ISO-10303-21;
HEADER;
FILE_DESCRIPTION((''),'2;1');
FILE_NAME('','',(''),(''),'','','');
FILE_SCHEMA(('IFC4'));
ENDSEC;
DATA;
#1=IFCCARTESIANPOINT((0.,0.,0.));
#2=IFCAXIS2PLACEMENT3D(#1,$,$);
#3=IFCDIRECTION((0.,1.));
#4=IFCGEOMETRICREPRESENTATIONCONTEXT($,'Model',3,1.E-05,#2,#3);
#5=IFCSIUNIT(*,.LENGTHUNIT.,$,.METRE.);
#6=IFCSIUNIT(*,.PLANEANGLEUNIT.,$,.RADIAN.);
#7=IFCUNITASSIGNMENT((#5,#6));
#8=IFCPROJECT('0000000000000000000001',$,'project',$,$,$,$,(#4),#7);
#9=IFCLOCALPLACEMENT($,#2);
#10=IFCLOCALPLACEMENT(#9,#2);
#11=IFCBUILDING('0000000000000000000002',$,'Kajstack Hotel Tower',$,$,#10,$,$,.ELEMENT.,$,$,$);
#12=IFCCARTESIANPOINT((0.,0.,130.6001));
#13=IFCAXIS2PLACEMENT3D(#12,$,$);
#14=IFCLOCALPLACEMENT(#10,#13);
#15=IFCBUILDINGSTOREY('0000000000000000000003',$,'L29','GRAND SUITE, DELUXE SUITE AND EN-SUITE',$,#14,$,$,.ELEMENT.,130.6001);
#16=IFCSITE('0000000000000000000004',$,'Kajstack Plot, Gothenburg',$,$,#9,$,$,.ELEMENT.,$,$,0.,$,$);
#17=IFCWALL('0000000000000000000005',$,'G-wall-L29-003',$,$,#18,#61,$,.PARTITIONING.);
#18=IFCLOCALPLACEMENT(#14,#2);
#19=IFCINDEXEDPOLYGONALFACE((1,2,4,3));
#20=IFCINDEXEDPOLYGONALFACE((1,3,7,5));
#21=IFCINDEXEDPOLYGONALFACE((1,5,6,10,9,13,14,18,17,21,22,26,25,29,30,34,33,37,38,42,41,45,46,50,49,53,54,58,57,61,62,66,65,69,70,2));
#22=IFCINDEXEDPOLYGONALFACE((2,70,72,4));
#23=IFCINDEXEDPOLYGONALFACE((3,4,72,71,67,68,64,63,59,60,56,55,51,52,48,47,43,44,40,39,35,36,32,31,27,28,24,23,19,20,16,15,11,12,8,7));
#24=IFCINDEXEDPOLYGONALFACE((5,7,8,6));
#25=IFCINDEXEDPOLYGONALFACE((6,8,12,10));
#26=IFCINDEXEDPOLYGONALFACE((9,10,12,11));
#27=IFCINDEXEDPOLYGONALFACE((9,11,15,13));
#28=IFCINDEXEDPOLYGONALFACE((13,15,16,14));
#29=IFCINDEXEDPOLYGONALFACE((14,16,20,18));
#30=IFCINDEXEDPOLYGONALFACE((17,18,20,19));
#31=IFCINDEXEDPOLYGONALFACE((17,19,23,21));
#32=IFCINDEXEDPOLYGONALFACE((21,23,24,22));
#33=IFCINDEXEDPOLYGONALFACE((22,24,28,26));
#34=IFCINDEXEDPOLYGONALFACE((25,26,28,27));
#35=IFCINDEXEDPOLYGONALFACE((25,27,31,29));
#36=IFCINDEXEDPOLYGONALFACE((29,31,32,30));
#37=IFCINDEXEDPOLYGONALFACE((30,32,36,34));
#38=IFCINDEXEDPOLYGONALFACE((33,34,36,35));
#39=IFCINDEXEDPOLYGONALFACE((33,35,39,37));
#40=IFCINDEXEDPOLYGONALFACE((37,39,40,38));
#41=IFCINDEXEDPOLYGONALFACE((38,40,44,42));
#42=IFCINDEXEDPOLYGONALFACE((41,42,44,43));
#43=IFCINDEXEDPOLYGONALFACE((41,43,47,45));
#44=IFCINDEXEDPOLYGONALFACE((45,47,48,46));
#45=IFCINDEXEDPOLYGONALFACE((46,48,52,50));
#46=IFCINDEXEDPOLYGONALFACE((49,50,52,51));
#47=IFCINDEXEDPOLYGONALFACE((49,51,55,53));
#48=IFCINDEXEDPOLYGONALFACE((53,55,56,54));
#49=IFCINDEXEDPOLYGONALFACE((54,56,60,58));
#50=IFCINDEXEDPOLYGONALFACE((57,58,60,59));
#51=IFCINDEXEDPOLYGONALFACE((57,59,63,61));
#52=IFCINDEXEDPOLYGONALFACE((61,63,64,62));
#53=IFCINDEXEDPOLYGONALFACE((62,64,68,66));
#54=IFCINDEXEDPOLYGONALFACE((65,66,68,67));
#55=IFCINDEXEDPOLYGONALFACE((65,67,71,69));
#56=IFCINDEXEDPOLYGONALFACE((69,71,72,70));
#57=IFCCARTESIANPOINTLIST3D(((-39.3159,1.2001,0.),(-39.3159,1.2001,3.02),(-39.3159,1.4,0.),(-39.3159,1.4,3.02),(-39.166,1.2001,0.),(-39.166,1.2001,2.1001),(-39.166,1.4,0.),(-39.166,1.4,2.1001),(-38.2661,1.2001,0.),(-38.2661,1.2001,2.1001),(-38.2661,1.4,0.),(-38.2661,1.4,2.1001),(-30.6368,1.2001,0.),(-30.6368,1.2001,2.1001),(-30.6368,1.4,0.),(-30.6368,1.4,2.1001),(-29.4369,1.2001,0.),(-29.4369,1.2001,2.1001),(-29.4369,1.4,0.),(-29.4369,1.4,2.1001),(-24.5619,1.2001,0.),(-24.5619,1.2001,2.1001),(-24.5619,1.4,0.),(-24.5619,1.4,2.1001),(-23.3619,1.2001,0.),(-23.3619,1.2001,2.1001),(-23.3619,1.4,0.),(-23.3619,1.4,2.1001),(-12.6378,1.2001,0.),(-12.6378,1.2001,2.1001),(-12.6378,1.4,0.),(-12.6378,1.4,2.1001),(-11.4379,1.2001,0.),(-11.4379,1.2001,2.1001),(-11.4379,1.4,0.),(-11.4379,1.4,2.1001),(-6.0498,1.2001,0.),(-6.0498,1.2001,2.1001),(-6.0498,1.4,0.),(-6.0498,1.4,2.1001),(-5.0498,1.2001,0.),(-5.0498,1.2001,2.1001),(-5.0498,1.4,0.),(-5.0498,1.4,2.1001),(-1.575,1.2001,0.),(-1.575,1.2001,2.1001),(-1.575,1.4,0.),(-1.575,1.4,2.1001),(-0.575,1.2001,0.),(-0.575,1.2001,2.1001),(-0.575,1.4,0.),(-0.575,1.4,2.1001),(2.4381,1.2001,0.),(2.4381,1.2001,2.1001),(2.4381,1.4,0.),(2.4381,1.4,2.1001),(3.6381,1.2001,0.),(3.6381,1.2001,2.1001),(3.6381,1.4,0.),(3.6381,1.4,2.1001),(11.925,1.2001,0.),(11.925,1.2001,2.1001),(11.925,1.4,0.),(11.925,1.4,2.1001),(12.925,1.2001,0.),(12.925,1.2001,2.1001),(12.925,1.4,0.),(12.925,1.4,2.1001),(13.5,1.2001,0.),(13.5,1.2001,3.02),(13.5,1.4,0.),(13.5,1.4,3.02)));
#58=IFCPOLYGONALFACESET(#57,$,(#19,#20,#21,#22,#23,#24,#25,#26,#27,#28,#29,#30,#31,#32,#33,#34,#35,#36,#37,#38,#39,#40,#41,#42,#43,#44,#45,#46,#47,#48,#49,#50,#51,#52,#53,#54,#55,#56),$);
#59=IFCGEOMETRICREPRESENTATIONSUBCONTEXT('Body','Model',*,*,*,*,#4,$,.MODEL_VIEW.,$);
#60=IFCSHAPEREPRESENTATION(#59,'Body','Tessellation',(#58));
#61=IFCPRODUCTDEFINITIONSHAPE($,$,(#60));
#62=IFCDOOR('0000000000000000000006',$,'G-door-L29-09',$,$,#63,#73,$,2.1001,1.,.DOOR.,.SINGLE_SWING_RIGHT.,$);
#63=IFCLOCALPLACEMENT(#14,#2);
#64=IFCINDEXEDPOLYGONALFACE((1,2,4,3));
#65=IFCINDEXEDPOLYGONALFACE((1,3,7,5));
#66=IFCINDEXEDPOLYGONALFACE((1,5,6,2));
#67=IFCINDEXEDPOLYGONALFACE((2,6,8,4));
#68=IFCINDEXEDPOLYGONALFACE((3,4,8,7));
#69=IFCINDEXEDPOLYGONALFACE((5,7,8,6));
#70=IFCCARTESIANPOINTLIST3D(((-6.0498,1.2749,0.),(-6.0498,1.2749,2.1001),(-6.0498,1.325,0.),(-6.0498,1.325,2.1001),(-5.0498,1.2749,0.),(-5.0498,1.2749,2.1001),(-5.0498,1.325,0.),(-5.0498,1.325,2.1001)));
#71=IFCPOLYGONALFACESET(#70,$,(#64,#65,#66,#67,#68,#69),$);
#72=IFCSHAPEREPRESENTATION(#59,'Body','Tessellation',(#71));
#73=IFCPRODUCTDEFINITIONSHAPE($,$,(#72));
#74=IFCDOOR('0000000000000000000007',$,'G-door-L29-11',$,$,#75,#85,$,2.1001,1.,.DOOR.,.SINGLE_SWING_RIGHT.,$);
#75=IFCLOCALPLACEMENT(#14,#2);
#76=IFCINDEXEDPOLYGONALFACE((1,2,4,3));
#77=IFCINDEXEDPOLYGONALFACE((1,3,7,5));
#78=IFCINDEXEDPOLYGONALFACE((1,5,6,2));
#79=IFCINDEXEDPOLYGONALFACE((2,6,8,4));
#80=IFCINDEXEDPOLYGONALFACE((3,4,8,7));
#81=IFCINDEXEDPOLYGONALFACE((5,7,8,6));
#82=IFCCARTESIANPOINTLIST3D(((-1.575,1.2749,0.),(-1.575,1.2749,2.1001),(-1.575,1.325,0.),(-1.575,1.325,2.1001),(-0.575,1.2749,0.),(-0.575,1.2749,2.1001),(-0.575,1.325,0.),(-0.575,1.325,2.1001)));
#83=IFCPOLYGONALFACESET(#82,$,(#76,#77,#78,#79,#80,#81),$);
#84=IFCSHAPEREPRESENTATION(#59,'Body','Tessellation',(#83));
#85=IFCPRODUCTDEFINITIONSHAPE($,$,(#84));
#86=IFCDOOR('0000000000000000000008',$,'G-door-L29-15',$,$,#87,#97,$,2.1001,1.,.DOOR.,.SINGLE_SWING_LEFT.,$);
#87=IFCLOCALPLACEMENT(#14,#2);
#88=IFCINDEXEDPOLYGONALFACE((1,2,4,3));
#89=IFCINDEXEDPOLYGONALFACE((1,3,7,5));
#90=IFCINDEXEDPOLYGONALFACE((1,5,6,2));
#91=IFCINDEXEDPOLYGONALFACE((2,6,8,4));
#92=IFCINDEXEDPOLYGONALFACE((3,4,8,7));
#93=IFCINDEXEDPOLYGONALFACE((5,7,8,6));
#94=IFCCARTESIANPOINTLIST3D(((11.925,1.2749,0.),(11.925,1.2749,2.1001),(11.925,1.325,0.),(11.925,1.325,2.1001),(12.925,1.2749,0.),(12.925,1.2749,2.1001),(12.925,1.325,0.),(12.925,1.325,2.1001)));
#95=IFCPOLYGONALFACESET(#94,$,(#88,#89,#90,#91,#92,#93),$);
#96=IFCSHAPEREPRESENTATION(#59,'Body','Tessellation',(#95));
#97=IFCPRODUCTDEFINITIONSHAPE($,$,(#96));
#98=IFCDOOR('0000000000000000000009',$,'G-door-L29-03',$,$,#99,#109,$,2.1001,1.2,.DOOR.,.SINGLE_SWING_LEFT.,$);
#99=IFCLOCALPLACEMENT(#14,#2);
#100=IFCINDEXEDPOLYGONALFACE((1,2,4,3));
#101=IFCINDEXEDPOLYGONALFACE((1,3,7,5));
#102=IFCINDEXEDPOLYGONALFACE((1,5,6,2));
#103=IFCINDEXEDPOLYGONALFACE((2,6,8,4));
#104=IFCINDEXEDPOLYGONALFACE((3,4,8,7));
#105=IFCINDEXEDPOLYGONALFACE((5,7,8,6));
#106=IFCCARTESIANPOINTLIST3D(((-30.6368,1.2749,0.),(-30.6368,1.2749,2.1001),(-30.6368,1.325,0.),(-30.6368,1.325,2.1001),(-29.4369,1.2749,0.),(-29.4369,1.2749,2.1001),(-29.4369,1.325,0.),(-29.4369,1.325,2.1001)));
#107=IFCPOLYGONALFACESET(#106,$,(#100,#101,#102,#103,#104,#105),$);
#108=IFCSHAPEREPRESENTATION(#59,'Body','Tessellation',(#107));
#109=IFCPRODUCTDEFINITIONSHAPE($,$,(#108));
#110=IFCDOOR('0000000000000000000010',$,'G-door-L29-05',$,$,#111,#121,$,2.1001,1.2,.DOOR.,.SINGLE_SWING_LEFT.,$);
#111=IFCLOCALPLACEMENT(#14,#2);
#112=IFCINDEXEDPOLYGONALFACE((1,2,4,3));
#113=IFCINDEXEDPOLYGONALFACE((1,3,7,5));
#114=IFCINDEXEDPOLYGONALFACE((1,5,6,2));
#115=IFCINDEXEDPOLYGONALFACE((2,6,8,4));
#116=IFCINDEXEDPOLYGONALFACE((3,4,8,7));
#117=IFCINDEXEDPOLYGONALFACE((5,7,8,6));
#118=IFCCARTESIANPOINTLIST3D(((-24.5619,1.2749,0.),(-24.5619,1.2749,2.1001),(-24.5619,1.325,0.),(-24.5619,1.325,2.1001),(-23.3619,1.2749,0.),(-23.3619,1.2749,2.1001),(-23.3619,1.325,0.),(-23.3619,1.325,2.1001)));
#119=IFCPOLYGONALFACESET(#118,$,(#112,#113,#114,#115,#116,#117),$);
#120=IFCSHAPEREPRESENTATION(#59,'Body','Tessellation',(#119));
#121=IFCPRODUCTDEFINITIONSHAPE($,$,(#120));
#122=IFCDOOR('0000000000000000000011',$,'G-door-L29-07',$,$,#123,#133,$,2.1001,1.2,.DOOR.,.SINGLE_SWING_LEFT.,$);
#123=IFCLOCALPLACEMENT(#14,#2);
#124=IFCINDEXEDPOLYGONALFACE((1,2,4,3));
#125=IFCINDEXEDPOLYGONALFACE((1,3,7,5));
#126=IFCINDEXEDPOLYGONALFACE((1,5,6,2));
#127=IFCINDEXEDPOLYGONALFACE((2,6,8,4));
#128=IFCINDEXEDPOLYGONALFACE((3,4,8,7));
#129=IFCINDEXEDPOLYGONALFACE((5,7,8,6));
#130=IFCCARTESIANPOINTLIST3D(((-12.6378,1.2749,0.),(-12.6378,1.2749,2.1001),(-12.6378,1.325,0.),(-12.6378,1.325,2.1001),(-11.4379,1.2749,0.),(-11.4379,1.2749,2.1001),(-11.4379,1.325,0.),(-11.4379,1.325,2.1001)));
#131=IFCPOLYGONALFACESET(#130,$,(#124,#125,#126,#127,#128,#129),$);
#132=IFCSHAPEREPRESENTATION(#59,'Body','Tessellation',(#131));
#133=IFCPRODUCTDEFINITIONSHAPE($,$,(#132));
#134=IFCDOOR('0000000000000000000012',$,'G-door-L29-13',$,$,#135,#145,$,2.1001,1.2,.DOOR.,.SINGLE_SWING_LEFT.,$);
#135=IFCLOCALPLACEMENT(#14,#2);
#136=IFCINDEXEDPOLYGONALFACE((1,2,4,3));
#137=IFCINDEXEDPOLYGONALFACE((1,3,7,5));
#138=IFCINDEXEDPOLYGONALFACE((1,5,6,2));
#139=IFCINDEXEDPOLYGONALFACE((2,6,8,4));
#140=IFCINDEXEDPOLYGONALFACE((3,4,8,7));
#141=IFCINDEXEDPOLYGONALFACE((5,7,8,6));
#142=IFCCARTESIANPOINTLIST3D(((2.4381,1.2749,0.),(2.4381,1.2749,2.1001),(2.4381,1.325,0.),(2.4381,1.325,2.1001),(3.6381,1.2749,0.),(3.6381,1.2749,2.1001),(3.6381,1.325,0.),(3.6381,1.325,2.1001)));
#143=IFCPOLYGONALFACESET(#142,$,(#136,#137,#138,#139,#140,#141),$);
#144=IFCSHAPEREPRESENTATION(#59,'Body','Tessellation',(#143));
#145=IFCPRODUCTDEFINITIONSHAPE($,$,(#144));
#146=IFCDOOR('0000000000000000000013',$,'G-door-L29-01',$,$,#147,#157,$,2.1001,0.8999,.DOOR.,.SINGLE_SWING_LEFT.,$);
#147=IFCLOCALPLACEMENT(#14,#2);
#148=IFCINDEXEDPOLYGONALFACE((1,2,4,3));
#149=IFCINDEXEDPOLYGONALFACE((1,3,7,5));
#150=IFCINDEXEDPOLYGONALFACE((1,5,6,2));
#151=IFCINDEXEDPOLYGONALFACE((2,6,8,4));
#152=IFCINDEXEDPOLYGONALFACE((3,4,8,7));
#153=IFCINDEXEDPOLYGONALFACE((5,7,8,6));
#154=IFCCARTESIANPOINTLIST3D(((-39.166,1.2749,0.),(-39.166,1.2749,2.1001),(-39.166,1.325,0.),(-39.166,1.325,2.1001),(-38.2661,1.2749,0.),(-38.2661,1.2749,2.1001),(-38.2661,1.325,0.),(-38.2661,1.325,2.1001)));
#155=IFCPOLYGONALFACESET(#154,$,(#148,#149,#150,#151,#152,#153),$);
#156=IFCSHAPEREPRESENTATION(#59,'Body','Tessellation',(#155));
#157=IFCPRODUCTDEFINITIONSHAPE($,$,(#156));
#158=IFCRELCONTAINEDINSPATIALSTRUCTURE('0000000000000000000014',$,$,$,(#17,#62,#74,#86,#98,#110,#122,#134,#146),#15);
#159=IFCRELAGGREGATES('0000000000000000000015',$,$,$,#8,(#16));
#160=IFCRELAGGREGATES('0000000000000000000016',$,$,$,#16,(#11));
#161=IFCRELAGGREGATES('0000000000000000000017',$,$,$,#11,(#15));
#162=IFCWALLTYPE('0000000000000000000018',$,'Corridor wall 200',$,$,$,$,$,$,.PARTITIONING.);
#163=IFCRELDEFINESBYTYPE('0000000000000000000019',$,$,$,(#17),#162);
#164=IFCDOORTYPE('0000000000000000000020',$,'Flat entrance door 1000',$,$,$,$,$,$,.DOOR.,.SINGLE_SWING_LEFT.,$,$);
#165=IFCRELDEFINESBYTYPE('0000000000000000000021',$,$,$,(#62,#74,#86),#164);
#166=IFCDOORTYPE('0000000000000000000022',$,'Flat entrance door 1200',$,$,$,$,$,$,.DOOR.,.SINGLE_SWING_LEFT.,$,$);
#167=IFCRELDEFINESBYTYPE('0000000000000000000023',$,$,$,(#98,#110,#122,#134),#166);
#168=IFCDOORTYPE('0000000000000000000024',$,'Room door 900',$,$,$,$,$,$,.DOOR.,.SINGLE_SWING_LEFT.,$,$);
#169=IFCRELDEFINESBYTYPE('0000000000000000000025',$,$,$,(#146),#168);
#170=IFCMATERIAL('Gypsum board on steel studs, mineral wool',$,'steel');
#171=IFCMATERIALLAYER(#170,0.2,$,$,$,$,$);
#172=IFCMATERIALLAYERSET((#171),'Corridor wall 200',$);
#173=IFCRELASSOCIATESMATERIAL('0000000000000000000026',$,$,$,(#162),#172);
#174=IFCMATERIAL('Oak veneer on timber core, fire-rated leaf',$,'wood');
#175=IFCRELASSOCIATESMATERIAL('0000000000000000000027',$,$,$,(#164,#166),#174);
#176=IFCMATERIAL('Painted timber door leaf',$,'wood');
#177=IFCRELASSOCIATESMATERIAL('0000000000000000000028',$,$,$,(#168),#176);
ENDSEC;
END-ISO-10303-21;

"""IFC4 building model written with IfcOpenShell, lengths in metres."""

from ifc_helpers import new_model, si_unit, direction, frame, frame_2d, origin, place, context, subcontext, project, spatial, rectangle, extrude, material, layer, layer_set, type_object, element, fill, save


model = new_model("IFC4")

# Units and contexts
model_context = context("Model", 3, precision=1e-05, world=origin(), true_north=direction((0.0, 1.0)))
body_context = subcontext(model_context, "Body", "Model", "MODEL_VIEW")
ifc_project = project(units=[si_unit("LENGTHUNIT", "METRE"), si_unit("PLANEANGLEUNIT", "RADIAN")], contexts=[model_context])

# Site, building, storey
site_placement = place(None, origin())
site = spatial("IfcSite", under=ifc_project, at=site_placement, Name="Kajstack Plot, Gothenburg", CompositionType="ELEMENT", RefElevation=0.0)
building_placement = place(site_placement, origin())
building = spatial("IfcBuilding", under=site, at=building_placement, Name="Kajstack Hotel Tower", CompositionType="ELEMENT")
storey_placement = place(building_placement, frame((0.0, 0.0, 130.6001)))
storey = spatial("IfcBuildingStorey", under=building, at=storey_placement, Name="L29", Description="GRAND SUITE, DELUXE SUITE AND EN-SUITE", CompositionType="ELEMENT", Elevation=130.6001)

# Wall, openings, doors
ifc_material_1 = material(Name="Gypsum board on steel studs, mineral wool", Category="steel")
ifc_layer_1 = layer(ifc_material_1, 0.2)
ifc_layer_set_1 = layer_set([ifc_layer_1], Name="Corridor wall 200")
wall_type_1 = type_object("IfcWallType", Name="Corridor wall 200", PredefinedType="PARTITIONING", material=ifc_layer_set_1)
wall_1_placement = place(storey_placement, frame((-39.3159, 1.3, 0.0), z_axis=(0.0, 0.0, 1.0), x_axis=(1.0, 0.0, 0.0)))
wall_1 = element("IfcWall", 1, at=wall_1_placement, inside=storey, type_object=wall_type_1, Name="G-wall-L29-003", PredefinedType="PARTITIONING", context=body_context, shape_type="SweptSolid", body=[
    extrude(rectangle(XDim=52.8159, YDim=0.2, at=frame_2d((26.408, 0.0))), origin(), (0.0, 0.0, 1.0), 3.02),
])
opening_1_placement = place(wall_1_placement, frame((0.1499, 0.0, 0.0)))
opening_1 = element("IfcOpeningElement", 2, at=opening_1_placement, cuts=wall_1, PredefinedType="OPENING", context=body_context, shape_type="SweptSolid", body=[
    extrude(rectangle(XDim=0.8999, YDim=2.1001, at=frame_2d((0.45, 1.05))), frame((0.0, 0.1099, 0.0), z_axis=(0.0, -1.0, 0.0), x_axis=(1.0, 0.0, 0.0)), (0.0, 0.0, 1.0), 0.22),
])
opening_2_placement = place(wall_1_placement, frame((8.679, 0.0, 0.0)))
opening_2 = element("IfcOpeningElement", 3, at=opening_2_placement, cuts=wall_1, PredefinedType="OPENING", context=body_context, shape_type="SweptSolid", body=[
    extrude(rectangle(XDim=1.2, YDim=2.1001, at=frame_2d((0.6001, 1.05))), frame((0.0, 0.1099, 0.0), z_axis=(0.0, -1.0, 0.0), x_axis=(1.0, 0.0, 0.0)), (0.0, 0.0, 1.0), 0.22),
])
opening_3_placement = place(wall_1_placement, frame((14.7539, 0.0, 0.0)))
opening_3 = element("IfcOpeningElement", 4, at=opening_3_placement, cuts=wall_1, PredefinedType="OPENING", context=body_context, shape_type="SweptSolid", body=[
    extrude(rectangle(XDim=1.2, YDim=2.1001, at=frame_2d((0.6001, 1.05))), frame((0.0, 0.1099, 0.0), z_axis=(0.0, -1.0, 0.0), x_axis=(1.0, 0.0, 0.0)), (0.0, 0.0, 1.0), 0.22),
])
opening_4_placement = place(wall_1_placement, frame((26.678, 0.0, 0.0)))
opening_4 = element("IfcOpeningElement", 5, at=opening_4_placement, cuts=wall_1, PredefinedType="OPENING", context=body_context, shape_type="SweptSolid", body=[
    extrude(rectangle(XDim=1.2, YDim=2.1001, at=frame_2d((0.6001, 1.05))), frame((0.0, 0.1099, 0.0), z_axis=(0.0, -1.0, 0.0), x_axis=(1.0, 0.0, 0.0)), (0.0, 0.0, 1.0), 0.22),
])
opening_5_placement = place(wall_1_placement, frame((33.2661, 0.0, 0.0)))
opening_5 = element("IfcOpeningElement", 6, at=opening_5_placement, cuts=wall_1, PredefinedType="OPENING", context=body_context, shape_type="SweptSolid", body=[
    extrude(rectangle(XDim=1.0, YDim=2.1001, at=frame_2d((0.5, 1.05))), frame((0.0, 0.1099, 0.0), z_axis=(0.0, -1.0, 0.0), x_axis=(1.0, 0.0, 0.0)), (0.0, 0.0, 1.0), 0.22),
])
opening_6_placement = place(wall_1_placement, frame((37.741, 0.0, 0.0)))
opening_6 = element("IfcOpeningElement", 7, at=opening_6_placement, cuts=wall_1, PredefinedType="OPENING", context=body_context, shape_type="SweptSolid", body=[
    extrude(rectangle(XDim=1.0, YDim=2.1001, at=frame_2d((0.5, 1.05))), frame((0.0, 0.1099, 0.0), z_axis=(0.0, -1.0, 0.0), x_axis=(1.0, 0.0, 0.0)), (0.0, 0.0, 1.0), 0.22),
])
opening_7_placement = place(wall_1_placement, frame((41.7539, 0.0, 0.0)))
opening_7 = element("IfcOpeningElement", 8, at=opening_7_placement, cuts=wall_1, PredefinedType="OPENING", context=body_context, shape_type="SweptSolid", body=[
    extrude(rectangle(XDim=1.2, YDim=2.1001, at=frame_2d((0.6001, 1.05))), frame((0.0, 0.1099, 0.0), z_axis=(0.0, -1.0, 0.0), x_axis=(1.0, 0.0, 0.0)), (0.0, 0.0, 1.0), 0.22),
])
opening_8_placement = place(wall_1_placement, frame((51.241, 0.0, 0.0)))
opening_8 = element("IfcOpeningElement", 9, at=opening_8_placement, cuts=wall_1, PredefinedType="OPENING", context=body_context, shape_type="SweptSolid", body=[
    extrude(rectangle(XDim=1.0, YDim=2.1001, at=frame_2d((0.5, 1.05))), frame((0.0, 0.1099, 0.0), z_axis=(0.0, -1.0, 0.0), x_axis=(1.0, 0.0, 0.0)), (0.0, 0.0, 1.0), 0.22),
])
ifc_material_2 = material(Name="Oak veneer on timber core, fire-rated leaf", Category="wood")
door_type_1 = type_object("IfcDoorType", Name="Flat entrance door 1000", OperationType="SINGLE_SWING_LEFT", PredefinedType="DOOR", material=ifc_material_2)
door_1_placement = place(opening_5_placement, origin())
door_1 = element("IfcDoor", 10, at=door_1_placement, inside=storey, type_object=door_type_1, Name="G-door-L29-09", OperationType="SINGLE_SWING_RIGHT", OverallHeight=2.1001, OverallWidth=1.0, PredefinedType="DOOR", context=body_context, shape_type="SweptSolid", body=[
    extrude(rectangle(XDim=1.0, YDim=2.1001, at=frame_2d((0.5, 1.05))), frame((0.0, 0.0249, 0.0), z_axis=(0.0, -1.0, 0.0), x_axis=(1.0, 0.0, 0.0)), (0.0, 0.0, 1.0), 0.05),
])
fill(opening_5, door_1)
door_2_placement = place(opening_6_placement, origin())
door_2 = element("IfcDoor", 11, at=door_2_placement, inside=storey, type_object=door_type_1, Name="G-door-L29-11", OperationType="SINGLE_SWING_RIGHT", OverallHeight=2.1001, OverallWidth=1.0, PredefinedType="DOOR", context=body_context, shape_type="SweptSolid", body=[
    extrude(rectangle(XDim=1.0, YDim=2.1001, at=frame_2d((0.5, 1.05))), frame((0.0, 0.0249, 0.0), z_axis=(0.0, -1.0, 0.0), x_axis=(1.0, 0.0, 0.0)), (0.0, 0.0, 1.0), 0.05),
])
fill(opening_6, door_2)
door_3_placement = place(opening_8_placement, origin())
door_3 = element("IfcDoor", 12, at=door_3_placement, inside=storey, type_object=door_type_1, Name="G-door-L29-15", OperationType="SINGLE_SWING_LEFT", OverallHeight=2.1001, OverallWidth=1.0, PredefinedType="DOOR", context=body_context, shape_type="SweptSolid", body=[
    extrude(rectangle(XDim=1.0, YDim=2.1001, at=frame_2d((0.5, 1.05))), frame((0.0, 0.0249, 0.0), z_axis=(0.0, -1.0, 0.0), x_axis=(1.0, 0.0, 0.0)), (0.0, 0.0, 1.0), 0.05),
])
fill(opening_8, door_3)
door_type_2 = type_object("IfcDoorType", Name="Flat entrance door 1200", OperationType="SINGLE_SWING_LEFT", PredefinedType="DOOR", material=ifc_material_2)
door_4_placement = place(opening_2_placement, origin())
door_4 = element("IfcDoor", 13, at=door_4_placement, inside=storey, type_object=door_type_2, Name="G-door-L29-03", OperationType="SINGLE_SWING_LEFT", OverallHeight=2.1001, OverallWidth=1.2, PredefinedType="DOOR", context=body_context, shape_type="SweptSolid", body=[
    extrude(rectangle(XDim=1.2, YDim=2.1001, at=frame_2d((0.6001, 1.05))), frame((0.0, 0.0249, 0.0), z_axis=(0.0, -1.0, 0.0), x_axis=(1.0, 0.0, 0.0)), (0.0, 0.0, 1.0), 0.05),
])
fill(opening_2, door_4)
door_5_placement = place(opening_3_placement, origin())
door_5 = element("IfcDoor", 14, at=door_5_placement, inside=storey, type_object=door_type_2, Name="G-door-L29-05", OperationType="SINGLE_SWING_LEFT", OverallHeight=2.1001, OverallWidth=1.2, PredefinedType="DOOR", context=body_context, shape_type="SweptSolid", body=[
    extrude(rectangle(XDim=1.2, YDim=2.1001, at=frame_2d((0.6001, 1.05))), frame((0.0, 0.0249, 0.0), z_axis=(0.0, -1.0, 0.0), x_axis=(1.0, 0.0, 0.0)), (0.0, 0.0, 1.0), 0.05),
])
fill(opening_3, door_5)
door_6_placement = place(opening_4_placement, origin())
door_6 = element("IfcDoor", 15, at=door_6_placement, inside=storey, type_object=door_type_2, Name="G-door-L29-07", OperationType="SINGLE_SWING_LEFT", OverallHeight=2.1001, OverallWidth=1.2, PredefinedType="DOOR", context=body_context, shape_type="SweptSolid", body=[
    extrude(rectangle(XDim=1.2, YDim=2.1001, at=frame_2d((0.6001, 1.05))), frame((0.0, 0.0249, 0.0), z_axis=(0.0, -1.0, 0.0), x_axis=(1.0, 0.0, 0.0)), (0.0, 0.0, 1.0), 0.05),
])
fill(opening_4, door_6)
door_7_placement = place(opening_7_placement, origin())
door_7 = element("IfcDoor", 16, at=door_7_placement, inside=storey, type_object=door_type_2, Name="G-door-L29-13", OperationType="SINGLE_SWING_LEFT", OverallHeight=2.1001, OverallWidth=1.2, PredefinedType="DOOR", context=body_context, shape_type="SweptSolid", body=[
    extrude(rectangle(XDim=1.2, YDim=2.1001, at=frame_2d((0.6001, 1.05))), frame((0.0, 0.0249, 0.0), z_axis=(0.0, -1.0, 0.0), x_axis=(1.0, 0.0, 0.0)), (0.0, 0.0, 1.0), 0.05),
])
fill(opening_7, door_7)
ifc_material_3 = material(Name="Painted timber door leaf", Category="wood")
door_type_3 = type_object("IfcDoorType", Name="Room door 900", OperationType="SINGLE_SWING_LEFT", PredefinedType="DOOR", material=ifc_material_3)
door_8_placement = place(opening_1_placement, origin())
door_8 = element("IfcDoor", 17, at=door_8_placement, inside=storey, type_object=door_type_3, Name="G-door-L29-01", OperationType="SINGLE_SWING_LEFT", OverallHeight=2.1001, OverallWidth=0.8999, PredefinedType="DOOR", context=body_context, shape_type="SweptSolid", body=[
    extrude(rectangle(XDim=0.8999, YDim=2.1001, at=frame_2d((0.45, 1.05))), frame((0.0, 0.0249, 0.0), z_axis=(0.0, -1.0, 0.0), x_axis=(1.0, 0.0, 0.0)), (0.0, 0.0, 1.0), 0.05),
])
fill(opening_1, door_8)

save(model, "model.ifc")
